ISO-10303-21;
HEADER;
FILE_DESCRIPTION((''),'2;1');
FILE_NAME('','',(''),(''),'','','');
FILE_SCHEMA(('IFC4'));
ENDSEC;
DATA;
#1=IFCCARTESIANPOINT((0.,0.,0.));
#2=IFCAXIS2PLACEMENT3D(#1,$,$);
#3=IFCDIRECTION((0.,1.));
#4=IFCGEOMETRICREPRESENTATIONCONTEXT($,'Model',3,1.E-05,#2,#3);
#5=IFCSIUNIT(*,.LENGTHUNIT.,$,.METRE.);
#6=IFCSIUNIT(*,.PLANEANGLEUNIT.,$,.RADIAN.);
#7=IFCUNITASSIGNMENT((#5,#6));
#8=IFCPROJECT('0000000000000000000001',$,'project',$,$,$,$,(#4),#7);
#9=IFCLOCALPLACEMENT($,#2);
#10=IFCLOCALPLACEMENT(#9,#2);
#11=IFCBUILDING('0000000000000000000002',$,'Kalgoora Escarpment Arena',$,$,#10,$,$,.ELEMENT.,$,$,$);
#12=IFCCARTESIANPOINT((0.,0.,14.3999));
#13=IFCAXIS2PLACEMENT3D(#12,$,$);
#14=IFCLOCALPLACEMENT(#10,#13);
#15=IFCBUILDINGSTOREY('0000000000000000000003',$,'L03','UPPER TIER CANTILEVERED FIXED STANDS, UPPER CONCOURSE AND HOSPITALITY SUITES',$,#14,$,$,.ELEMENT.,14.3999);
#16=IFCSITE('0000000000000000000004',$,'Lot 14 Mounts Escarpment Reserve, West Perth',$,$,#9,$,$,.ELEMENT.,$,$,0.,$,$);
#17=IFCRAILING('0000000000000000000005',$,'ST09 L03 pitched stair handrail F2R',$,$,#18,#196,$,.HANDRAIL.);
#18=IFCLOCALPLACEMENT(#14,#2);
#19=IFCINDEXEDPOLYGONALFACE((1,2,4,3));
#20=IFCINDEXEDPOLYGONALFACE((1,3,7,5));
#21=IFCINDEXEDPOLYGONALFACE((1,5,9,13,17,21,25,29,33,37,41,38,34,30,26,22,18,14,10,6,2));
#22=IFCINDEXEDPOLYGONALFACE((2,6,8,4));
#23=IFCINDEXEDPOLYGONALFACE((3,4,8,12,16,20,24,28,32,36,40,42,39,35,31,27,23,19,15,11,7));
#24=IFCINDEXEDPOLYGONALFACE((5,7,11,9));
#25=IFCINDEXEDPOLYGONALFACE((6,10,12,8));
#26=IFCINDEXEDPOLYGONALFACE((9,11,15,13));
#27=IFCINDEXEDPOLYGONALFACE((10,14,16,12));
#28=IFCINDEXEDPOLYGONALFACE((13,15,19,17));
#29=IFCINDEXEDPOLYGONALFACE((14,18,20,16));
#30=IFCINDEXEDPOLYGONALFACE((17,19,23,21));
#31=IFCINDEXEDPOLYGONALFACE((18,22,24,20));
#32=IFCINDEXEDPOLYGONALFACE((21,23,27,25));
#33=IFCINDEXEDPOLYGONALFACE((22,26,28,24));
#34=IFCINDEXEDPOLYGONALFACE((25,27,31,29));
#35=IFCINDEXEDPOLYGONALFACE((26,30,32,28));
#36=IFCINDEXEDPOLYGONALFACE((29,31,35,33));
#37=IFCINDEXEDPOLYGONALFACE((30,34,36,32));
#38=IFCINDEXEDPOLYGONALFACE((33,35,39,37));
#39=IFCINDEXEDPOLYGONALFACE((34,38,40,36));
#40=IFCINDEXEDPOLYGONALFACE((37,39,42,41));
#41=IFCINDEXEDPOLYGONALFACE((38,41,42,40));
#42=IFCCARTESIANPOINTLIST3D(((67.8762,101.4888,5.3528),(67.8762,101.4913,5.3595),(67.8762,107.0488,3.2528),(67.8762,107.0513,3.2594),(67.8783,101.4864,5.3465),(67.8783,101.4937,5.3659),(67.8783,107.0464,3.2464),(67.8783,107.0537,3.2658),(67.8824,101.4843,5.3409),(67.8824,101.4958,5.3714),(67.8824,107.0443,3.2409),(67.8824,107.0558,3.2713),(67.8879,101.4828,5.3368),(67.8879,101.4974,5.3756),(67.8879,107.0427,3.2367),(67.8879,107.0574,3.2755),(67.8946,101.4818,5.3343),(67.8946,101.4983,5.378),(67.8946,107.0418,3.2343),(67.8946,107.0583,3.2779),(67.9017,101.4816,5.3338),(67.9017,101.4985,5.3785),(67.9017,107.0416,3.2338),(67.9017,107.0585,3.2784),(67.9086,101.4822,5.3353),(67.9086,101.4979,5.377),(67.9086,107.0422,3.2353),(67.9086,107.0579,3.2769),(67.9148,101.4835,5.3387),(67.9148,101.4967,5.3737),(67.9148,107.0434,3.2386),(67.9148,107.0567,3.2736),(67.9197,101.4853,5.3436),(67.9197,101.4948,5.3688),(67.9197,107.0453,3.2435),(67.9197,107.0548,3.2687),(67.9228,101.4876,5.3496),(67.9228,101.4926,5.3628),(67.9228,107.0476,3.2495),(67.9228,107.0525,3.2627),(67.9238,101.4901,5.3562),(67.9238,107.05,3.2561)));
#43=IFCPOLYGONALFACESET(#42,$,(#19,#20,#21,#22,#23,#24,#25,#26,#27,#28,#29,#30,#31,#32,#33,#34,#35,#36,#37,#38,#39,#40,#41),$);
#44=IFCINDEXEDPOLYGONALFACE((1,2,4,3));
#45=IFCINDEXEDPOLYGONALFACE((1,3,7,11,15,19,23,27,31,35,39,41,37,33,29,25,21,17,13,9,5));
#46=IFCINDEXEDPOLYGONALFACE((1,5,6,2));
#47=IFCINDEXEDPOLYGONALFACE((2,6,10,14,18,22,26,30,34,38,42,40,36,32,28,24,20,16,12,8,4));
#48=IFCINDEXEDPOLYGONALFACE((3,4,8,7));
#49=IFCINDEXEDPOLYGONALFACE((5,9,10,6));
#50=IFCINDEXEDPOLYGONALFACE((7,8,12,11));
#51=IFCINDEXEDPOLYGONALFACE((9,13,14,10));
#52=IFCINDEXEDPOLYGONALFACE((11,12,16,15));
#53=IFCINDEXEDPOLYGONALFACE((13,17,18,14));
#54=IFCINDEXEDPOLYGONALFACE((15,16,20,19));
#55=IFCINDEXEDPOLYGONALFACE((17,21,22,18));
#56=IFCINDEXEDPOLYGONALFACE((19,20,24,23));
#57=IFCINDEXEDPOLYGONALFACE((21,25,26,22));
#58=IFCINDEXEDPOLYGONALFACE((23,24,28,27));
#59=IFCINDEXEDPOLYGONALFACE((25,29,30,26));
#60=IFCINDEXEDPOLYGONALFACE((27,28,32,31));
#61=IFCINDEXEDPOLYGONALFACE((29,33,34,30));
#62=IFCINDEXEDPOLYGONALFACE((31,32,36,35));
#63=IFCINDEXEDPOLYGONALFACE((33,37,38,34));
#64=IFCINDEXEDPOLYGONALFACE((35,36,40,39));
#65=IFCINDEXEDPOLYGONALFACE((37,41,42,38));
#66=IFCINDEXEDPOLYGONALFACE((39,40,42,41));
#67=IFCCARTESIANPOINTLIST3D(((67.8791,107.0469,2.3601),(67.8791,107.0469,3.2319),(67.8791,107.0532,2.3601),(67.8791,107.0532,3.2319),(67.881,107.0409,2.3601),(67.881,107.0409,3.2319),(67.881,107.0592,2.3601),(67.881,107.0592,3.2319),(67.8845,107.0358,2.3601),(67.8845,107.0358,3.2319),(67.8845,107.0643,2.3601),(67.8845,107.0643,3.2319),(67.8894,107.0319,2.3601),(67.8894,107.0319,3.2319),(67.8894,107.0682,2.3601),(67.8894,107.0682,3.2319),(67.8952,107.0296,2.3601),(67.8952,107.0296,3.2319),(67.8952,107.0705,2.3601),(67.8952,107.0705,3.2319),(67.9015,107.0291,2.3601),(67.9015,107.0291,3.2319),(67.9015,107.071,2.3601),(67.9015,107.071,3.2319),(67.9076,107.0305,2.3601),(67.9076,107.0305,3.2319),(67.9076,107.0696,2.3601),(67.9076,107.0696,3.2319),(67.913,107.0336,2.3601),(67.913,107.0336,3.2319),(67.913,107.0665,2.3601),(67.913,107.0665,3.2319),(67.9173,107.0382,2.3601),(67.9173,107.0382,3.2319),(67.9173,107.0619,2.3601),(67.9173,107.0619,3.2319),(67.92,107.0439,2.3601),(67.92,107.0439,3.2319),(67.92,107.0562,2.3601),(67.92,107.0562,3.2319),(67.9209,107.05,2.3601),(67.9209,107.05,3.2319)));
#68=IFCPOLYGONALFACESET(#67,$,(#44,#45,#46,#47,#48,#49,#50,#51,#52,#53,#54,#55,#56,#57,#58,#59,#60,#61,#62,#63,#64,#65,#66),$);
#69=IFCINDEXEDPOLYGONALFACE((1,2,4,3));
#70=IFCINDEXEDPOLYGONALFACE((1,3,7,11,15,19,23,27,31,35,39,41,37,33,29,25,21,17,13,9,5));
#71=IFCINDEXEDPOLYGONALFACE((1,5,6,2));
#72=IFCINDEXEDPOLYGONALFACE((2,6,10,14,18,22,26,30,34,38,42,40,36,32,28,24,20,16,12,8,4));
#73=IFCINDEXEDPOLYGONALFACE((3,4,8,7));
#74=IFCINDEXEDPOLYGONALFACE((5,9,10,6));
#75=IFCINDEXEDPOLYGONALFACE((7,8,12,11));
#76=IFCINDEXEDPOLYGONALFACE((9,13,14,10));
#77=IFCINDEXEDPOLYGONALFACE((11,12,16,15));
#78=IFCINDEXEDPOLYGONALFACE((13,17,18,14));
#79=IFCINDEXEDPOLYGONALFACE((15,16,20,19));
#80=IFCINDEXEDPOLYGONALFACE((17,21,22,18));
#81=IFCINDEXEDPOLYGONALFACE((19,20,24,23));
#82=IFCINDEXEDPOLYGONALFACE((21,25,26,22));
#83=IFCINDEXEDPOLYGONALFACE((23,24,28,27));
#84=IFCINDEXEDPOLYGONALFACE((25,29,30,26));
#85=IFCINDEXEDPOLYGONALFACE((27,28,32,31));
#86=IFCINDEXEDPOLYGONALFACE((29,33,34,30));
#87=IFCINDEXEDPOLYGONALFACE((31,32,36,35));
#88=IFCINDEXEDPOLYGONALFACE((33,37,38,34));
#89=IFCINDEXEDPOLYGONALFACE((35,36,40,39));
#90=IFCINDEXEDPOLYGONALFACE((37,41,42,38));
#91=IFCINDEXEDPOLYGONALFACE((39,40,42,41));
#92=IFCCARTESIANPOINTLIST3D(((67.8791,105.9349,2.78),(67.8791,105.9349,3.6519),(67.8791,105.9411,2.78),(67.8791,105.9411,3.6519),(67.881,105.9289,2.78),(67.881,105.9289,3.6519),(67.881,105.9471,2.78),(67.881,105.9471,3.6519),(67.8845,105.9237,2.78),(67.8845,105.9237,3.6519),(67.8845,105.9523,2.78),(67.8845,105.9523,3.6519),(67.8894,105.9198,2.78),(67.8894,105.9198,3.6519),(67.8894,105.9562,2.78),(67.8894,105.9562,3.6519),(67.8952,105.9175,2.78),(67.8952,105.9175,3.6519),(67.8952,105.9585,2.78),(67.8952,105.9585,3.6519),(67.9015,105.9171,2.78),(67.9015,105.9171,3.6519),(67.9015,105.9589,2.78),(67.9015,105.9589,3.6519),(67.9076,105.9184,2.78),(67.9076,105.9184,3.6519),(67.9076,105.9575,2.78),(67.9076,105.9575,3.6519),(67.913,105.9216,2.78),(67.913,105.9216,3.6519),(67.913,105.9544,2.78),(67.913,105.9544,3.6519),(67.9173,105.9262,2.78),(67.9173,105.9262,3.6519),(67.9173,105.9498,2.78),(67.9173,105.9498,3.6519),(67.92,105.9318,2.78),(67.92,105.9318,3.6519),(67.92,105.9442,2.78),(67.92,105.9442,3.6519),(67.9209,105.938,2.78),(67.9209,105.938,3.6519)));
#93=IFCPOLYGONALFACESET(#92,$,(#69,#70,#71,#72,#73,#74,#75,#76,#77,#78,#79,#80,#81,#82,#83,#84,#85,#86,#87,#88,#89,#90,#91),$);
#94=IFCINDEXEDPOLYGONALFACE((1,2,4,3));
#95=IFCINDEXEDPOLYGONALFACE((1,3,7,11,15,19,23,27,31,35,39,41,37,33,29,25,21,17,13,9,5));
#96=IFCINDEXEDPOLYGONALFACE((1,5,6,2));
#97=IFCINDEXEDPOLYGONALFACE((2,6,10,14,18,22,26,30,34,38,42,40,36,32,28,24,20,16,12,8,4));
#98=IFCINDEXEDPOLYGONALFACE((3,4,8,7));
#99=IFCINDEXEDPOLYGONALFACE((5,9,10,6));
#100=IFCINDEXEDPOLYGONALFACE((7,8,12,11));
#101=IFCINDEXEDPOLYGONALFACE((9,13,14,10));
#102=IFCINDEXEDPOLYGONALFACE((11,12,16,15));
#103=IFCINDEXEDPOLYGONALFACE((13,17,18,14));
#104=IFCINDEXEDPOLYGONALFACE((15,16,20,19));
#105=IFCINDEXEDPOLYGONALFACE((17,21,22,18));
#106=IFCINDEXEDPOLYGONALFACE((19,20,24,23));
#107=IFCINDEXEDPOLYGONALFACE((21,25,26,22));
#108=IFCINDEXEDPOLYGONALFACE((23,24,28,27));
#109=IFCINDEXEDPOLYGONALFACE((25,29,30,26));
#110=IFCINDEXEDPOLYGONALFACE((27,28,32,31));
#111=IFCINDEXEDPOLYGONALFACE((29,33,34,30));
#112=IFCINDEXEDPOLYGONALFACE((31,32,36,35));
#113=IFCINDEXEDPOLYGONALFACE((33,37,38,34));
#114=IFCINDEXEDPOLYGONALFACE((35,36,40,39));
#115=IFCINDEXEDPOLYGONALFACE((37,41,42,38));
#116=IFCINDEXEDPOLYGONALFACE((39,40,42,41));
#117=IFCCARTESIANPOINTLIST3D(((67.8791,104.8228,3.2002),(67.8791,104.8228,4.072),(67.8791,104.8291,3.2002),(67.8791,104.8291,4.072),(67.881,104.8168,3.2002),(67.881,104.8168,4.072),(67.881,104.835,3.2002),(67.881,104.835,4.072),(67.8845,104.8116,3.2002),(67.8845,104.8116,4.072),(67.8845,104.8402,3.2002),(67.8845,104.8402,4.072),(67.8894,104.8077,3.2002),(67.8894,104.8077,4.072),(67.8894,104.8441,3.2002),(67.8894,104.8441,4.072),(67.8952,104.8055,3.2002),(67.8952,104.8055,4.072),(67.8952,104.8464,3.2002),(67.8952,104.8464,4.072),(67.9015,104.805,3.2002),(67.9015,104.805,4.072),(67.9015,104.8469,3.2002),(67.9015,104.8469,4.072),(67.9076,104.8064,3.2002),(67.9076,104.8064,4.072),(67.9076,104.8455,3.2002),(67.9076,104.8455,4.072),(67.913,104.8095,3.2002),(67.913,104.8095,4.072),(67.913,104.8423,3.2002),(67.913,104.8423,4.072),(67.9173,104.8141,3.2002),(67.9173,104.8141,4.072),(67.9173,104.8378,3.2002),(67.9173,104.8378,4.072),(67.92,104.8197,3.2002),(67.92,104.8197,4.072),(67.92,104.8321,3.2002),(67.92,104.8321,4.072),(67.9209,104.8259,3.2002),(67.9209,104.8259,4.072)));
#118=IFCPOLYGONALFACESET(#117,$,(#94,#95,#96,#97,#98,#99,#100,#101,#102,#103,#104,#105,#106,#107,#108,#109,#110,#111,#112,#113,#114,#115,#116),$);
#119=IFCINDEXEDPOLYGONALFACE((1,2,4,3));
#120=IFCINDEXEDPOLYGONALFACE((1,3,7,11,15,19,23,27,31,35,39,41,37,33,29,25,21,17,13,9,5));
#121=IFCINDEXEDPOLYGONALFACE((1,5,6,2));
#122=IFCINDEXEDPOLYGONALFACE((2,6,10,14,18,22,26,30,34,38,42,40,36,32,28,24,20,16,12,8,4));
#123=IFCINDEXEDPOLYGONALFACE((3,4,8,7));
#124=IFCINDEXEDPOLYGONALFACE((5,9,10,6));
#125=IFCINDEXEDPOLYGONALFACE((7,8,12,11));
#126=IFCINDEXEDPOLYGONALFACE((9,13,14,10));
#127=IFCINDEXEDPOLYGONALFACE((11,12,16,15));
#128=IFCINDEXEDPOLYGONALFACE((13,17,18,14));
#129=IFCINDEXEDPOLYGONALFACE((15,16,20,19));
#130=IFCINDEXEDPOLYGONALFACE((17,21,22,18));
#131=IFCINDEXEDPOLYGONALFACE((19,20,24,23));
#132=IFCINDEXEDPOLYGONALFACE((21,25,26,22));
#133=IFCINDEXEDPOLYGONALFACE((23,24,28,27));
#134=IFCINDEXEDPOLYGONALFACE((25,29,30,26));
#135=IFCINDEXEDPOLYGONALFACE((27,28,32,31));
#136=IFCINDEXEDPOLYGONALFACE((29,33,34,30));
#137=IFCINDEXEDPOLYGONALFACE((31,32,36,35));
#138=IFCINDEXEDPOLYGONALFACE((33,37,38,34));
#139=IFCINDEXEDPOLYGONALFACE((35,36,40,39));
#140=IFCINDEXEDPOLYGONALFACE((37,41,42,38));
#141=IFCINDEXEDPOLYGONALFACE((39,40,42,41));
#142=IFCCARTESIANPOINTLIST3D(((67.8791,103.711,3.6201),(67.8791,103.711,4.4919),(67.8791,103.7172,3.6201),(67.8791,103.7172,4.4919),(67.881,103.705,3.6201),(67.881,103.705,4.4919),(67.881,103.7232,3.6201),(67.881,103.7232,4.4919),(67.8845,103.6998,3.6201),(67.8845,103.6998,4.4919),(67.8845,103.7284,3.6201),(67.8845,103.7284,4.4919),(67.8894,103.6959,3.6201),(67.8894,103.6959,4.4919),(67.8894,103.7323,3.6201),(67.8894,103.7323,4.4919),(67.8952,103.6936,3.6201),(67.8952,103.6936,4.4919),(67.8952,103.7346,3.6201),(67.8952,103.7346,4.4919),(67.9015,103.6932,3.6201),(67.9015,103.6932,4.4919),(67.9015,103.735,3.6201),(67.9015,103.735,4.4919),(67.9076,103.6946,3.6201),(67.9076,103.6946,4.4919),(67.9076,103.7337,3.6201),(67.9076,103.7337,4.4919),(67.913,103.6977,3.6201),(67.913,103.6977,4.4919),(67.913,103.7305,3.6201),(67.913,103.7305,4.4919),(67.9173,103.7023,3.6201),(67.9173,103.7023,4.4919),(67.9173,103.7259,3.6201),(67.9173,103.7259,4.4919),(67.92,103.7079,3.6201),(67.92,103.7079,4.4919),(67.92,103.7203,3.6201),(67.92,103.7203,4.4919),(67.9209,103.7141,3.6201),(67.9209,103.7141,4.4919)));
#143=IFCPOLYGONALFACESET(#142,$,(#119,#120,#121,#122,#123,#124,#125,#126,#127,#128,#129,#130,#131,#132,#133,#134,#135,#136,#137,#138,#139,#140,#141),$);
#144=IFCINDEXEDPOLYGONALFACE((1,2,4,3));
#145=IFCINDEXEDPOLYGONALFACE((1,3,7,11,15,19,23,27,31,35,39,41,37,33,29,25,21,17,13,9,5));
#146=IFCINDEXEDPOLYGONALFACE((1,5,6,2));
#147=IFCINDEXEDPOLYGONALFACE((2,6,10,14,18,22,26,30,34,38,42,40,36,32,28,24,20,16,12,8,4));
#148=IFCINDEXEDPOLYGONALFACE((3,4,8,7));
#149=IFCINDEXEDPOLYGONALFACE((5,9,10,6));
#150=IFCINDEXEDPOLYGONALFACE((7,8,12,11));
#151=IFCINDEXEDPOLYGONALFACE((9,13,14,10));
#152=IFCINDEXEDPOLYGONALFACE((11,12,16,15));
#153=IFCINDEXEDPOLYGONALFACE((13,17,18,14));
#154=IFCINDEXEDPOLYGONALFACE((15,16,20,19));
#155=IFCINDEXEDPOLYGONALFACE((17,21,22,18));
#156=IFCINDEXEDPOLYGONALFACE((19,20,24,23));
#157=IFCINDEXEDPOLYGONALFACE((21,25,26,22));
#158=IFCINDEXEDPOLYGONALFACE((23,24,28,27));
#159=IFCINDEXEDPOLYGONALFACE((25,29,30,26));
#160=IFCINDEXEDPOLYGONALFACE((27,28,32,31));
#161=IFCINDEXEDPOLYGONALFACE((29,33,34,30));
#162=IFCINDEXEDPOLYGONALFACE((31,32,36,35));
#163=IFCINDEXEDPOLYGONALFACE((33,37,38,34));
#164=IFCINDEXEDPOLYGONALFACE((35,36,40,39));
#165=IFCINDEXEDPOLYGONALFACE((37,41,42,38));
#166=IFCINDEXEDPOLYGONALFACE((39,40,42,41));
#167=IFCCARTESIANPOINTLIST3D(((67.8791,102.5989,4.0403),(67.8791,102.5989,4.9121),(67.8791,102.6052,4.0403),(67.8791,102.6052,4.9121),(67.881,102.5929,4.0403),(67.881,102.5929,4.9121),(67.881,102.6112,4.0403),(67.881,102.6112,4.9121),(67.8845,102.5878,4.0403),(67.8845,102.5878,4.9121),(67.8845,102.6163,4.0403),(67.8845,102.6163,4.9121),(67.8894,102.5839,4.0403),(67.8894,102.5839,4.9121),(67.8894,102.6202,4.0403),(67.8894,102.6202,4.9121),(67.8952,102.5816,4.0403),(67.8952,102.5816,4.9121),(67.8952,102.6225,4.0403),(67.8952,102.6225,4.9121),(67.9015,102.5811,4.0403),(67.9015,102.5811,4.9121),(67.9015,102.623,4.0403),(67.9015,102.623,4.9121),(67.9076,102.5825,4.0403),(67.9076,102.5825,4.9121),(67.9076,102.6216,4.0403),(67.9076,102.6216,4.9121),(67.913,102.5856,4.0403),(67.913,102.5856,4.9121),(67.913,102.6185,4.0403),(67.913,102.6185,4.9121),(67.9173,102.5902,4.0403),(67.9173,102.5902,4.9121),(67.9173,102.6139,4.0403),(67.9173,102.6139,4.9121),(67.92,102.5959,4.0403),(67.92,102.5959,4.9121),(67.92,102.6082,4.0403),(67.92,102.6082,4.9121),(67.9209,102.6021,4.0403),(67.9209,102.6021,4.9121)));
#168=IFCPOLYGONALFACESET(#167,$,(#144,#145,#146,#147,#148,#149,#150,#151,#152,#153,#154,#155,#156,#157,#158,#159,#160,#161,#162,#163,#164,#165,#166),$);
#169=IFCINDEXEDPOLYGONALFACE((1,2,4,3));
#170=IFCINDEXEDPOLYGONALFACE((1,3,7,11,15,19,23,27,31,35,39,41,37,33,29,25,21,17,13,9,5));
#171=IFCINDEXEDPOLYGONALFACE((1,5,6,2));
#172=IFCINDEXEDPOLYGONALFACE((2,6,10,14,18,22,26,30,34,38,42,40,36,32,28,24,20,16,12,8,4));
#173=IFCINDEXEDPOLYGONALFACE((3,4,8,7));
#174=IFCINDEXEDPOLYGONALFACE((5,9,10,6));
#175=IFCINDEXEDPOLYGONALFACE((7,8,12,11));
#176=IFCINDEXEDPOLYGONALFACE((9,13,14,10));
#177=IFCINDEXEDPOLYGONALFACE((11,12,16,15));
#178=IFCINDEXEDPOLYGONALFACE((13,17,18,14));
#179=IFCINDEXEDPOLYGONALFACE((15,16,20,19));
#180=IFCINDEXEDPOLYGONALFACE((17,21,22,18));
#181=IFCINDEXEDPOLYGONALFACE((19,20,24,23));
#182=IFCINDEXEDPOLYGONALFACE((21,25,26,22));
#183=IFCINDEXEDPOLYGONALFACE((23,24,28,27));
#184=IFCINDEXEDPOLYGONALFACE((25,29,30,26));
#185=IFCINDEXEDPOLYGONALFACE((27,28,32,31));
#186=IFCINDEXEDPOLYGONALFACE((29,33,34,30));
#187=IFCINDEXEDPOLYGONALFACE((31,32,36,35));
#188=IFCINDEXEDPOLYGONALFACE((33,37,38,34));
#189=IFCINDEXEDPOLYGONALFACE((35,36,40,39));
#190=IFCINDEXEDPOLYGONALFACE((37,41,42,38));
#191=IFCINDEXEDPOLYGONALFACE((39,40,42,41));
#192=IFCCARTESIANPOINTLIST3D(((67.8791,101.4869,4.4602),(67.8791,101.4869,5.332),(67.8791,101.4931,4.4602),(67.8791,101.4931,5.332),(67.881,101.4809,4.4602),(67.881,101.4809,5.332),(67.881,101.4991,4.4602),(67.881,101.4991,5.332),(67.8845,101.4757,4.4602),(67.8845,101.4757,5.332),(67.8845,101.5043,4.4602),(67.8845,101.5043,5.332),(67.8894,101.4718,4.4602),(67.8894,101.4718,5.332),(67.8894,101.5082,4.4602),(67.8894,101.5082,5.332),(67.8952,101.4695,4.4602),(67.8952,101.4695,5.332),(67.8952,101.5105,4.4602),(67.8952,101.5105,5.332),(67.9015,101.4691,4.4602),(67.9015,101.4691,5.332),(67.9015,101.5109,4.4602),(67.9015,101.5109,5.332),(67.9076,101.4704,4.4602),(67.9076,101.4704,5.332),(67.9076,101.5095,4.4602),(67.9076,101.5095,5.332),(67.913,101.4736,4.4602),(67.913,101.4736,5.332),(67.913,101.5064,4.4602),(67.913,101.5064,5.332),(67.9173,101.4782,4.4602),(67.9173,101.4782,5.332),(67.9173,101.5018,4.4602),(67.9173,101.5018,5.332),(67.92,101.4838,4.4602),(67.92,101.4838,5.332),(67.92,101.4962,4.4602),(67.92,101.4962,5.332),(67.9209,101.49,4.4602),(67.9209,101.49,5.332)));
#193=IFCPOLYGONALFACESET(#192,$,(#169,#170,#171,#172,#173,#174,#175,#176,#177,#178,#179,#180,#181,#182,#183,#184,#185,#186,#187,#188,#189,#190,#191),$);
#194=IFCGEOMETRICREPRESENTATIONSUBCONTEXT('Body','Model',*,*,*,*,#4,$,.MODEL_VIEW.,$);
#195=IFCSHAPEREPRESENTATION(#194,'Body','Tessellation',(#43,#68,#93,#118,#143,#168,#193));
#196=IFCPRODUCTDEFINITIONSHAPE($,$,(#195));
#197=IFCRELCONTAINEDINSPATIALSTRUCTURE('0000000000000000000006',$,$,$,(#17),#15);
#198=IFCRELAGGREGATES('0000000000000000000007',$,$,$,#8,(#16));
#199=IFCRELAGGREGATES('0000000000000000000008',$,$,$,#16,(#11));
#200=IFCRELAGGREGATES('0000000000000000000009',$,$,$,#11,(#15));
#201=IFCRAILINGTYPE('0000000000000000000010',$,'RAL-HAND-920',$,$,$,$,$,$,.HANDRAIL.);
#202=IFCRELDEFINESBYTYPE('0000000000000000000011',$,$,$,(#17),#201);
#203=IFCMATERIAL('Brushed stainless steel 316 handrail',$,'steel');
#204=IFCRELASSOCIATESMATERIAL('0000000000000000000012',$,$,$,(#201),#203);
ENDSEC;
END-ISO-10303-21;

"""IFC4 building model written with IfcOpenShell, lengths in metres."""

from ifc_helpers import new_model, si_unit, direction, frame, origin, origin_2d, place, context, subcontext, project, spatial, circle, extrude, material, type_object, element, save


model = new_model("IFC4")

# Units and contexts
model_context = context("Model", 3, precision=1e-05, world=origin(), true_north=direction((0.0, 1.0)))
body_context = subcontext(model_context, "Body", "Model", "MODEL_VIEW")
ifc_project = project(units=[si_unit("LENGTHUNIT", "METRE"), si_unit("PLANEANGLEUNIT", "RADIAN")], contexts=[model_context])

# Site, building, storey
site_placement = place(None, origin())
site = spatial("IfcSite", under=ifc_project, at=site_placement, Name="Lot 14 Mounts Escarpment Reserve, West Perth", CompositionType="ELEMENT", RefElevation=0.0)
building_placement = place(site_placement, origin())
building = spatial("IfcBuilding", under=site, at=building_placement, Name="Kalgoora Escarpment Arena", CompositionType="ELEMENT")
storey_placement = place(building_placement, frame((0.0, 0.0, 14.3999)))
storey = spatial("IfcBuildingStorey", under=building, at=storey_placement, Name="L03", Description="UPPER TIER CANTILEVERED FIXED STANDS, UPPER CONCOURSE AND HOSPITALITY SUITES", CompositionType="ELEMENT", Elevation=14.3999)

# Railing
ifc_material_1 = material(Name="Brushed stainless steel 316 handrail", Category="steel")
railing_type_1 = type_object("IfcRailingType", Name="RAL-HAND-920", PredefinedType="HANDRAIL", material=ifc_material_1)
for number, where, name in (
    (1, (67.8999, 107.05, 2.3601), "ST09 L03 pitched stair handrail F2R"),
):
    element("IfcRailing", number, at=place(storey_placement, frame(where)), inside=storey, type_object=railing_type_1, Name=name, PredefinedType="HANDRAIL", context=body_context, shape_type="SweptSolid", body=[
        extrude(circle(Radius=0.0239, at=origin_2d()), frame((0.0, 0.0, 0.896), z_axis=(0.0, -0.935493, 0.353346), x_axis=(1.0, 0.0, 0.0)), (0.0, 0.0, 1.0), 5.9434),
        extrude(circle(Radius=0.021, at=origin_2d()), origin(), (0.0, 0.0, 1.0), 0.8718),
        extrude(circle(Radius=0.021, at=origin_2d()), frame((0.0, -1.1121, 0.4199)), (0.0, 0.0, 1.0), 0.8718),
        extrude(circle(Radius=0.021, at=origin_2d()), frame((0.0, -2.2241, 0.8401)), (0.0, 0.0, 1.0), 0.8718),
        extrude(circle(Radius=0.021, at=origin_2d()), frame((0.0, -3.3359, 1.26)), (0.0, 0.0, 1.0), 0.8718),
        extrude(circle(Radius=0.021, at=origin_2d()), frame((0.0, -4.448, 1.6802)), (0.0, 0.0, 1.0), 0.8718),
        extrude(circle(Radius=0.021, at=origin_2d()), frame((0.0, -5.5601, 2.1001)), (0.0, 0.0, 1.0), 0.8718),
    ])

save(model, "model.ifc")
